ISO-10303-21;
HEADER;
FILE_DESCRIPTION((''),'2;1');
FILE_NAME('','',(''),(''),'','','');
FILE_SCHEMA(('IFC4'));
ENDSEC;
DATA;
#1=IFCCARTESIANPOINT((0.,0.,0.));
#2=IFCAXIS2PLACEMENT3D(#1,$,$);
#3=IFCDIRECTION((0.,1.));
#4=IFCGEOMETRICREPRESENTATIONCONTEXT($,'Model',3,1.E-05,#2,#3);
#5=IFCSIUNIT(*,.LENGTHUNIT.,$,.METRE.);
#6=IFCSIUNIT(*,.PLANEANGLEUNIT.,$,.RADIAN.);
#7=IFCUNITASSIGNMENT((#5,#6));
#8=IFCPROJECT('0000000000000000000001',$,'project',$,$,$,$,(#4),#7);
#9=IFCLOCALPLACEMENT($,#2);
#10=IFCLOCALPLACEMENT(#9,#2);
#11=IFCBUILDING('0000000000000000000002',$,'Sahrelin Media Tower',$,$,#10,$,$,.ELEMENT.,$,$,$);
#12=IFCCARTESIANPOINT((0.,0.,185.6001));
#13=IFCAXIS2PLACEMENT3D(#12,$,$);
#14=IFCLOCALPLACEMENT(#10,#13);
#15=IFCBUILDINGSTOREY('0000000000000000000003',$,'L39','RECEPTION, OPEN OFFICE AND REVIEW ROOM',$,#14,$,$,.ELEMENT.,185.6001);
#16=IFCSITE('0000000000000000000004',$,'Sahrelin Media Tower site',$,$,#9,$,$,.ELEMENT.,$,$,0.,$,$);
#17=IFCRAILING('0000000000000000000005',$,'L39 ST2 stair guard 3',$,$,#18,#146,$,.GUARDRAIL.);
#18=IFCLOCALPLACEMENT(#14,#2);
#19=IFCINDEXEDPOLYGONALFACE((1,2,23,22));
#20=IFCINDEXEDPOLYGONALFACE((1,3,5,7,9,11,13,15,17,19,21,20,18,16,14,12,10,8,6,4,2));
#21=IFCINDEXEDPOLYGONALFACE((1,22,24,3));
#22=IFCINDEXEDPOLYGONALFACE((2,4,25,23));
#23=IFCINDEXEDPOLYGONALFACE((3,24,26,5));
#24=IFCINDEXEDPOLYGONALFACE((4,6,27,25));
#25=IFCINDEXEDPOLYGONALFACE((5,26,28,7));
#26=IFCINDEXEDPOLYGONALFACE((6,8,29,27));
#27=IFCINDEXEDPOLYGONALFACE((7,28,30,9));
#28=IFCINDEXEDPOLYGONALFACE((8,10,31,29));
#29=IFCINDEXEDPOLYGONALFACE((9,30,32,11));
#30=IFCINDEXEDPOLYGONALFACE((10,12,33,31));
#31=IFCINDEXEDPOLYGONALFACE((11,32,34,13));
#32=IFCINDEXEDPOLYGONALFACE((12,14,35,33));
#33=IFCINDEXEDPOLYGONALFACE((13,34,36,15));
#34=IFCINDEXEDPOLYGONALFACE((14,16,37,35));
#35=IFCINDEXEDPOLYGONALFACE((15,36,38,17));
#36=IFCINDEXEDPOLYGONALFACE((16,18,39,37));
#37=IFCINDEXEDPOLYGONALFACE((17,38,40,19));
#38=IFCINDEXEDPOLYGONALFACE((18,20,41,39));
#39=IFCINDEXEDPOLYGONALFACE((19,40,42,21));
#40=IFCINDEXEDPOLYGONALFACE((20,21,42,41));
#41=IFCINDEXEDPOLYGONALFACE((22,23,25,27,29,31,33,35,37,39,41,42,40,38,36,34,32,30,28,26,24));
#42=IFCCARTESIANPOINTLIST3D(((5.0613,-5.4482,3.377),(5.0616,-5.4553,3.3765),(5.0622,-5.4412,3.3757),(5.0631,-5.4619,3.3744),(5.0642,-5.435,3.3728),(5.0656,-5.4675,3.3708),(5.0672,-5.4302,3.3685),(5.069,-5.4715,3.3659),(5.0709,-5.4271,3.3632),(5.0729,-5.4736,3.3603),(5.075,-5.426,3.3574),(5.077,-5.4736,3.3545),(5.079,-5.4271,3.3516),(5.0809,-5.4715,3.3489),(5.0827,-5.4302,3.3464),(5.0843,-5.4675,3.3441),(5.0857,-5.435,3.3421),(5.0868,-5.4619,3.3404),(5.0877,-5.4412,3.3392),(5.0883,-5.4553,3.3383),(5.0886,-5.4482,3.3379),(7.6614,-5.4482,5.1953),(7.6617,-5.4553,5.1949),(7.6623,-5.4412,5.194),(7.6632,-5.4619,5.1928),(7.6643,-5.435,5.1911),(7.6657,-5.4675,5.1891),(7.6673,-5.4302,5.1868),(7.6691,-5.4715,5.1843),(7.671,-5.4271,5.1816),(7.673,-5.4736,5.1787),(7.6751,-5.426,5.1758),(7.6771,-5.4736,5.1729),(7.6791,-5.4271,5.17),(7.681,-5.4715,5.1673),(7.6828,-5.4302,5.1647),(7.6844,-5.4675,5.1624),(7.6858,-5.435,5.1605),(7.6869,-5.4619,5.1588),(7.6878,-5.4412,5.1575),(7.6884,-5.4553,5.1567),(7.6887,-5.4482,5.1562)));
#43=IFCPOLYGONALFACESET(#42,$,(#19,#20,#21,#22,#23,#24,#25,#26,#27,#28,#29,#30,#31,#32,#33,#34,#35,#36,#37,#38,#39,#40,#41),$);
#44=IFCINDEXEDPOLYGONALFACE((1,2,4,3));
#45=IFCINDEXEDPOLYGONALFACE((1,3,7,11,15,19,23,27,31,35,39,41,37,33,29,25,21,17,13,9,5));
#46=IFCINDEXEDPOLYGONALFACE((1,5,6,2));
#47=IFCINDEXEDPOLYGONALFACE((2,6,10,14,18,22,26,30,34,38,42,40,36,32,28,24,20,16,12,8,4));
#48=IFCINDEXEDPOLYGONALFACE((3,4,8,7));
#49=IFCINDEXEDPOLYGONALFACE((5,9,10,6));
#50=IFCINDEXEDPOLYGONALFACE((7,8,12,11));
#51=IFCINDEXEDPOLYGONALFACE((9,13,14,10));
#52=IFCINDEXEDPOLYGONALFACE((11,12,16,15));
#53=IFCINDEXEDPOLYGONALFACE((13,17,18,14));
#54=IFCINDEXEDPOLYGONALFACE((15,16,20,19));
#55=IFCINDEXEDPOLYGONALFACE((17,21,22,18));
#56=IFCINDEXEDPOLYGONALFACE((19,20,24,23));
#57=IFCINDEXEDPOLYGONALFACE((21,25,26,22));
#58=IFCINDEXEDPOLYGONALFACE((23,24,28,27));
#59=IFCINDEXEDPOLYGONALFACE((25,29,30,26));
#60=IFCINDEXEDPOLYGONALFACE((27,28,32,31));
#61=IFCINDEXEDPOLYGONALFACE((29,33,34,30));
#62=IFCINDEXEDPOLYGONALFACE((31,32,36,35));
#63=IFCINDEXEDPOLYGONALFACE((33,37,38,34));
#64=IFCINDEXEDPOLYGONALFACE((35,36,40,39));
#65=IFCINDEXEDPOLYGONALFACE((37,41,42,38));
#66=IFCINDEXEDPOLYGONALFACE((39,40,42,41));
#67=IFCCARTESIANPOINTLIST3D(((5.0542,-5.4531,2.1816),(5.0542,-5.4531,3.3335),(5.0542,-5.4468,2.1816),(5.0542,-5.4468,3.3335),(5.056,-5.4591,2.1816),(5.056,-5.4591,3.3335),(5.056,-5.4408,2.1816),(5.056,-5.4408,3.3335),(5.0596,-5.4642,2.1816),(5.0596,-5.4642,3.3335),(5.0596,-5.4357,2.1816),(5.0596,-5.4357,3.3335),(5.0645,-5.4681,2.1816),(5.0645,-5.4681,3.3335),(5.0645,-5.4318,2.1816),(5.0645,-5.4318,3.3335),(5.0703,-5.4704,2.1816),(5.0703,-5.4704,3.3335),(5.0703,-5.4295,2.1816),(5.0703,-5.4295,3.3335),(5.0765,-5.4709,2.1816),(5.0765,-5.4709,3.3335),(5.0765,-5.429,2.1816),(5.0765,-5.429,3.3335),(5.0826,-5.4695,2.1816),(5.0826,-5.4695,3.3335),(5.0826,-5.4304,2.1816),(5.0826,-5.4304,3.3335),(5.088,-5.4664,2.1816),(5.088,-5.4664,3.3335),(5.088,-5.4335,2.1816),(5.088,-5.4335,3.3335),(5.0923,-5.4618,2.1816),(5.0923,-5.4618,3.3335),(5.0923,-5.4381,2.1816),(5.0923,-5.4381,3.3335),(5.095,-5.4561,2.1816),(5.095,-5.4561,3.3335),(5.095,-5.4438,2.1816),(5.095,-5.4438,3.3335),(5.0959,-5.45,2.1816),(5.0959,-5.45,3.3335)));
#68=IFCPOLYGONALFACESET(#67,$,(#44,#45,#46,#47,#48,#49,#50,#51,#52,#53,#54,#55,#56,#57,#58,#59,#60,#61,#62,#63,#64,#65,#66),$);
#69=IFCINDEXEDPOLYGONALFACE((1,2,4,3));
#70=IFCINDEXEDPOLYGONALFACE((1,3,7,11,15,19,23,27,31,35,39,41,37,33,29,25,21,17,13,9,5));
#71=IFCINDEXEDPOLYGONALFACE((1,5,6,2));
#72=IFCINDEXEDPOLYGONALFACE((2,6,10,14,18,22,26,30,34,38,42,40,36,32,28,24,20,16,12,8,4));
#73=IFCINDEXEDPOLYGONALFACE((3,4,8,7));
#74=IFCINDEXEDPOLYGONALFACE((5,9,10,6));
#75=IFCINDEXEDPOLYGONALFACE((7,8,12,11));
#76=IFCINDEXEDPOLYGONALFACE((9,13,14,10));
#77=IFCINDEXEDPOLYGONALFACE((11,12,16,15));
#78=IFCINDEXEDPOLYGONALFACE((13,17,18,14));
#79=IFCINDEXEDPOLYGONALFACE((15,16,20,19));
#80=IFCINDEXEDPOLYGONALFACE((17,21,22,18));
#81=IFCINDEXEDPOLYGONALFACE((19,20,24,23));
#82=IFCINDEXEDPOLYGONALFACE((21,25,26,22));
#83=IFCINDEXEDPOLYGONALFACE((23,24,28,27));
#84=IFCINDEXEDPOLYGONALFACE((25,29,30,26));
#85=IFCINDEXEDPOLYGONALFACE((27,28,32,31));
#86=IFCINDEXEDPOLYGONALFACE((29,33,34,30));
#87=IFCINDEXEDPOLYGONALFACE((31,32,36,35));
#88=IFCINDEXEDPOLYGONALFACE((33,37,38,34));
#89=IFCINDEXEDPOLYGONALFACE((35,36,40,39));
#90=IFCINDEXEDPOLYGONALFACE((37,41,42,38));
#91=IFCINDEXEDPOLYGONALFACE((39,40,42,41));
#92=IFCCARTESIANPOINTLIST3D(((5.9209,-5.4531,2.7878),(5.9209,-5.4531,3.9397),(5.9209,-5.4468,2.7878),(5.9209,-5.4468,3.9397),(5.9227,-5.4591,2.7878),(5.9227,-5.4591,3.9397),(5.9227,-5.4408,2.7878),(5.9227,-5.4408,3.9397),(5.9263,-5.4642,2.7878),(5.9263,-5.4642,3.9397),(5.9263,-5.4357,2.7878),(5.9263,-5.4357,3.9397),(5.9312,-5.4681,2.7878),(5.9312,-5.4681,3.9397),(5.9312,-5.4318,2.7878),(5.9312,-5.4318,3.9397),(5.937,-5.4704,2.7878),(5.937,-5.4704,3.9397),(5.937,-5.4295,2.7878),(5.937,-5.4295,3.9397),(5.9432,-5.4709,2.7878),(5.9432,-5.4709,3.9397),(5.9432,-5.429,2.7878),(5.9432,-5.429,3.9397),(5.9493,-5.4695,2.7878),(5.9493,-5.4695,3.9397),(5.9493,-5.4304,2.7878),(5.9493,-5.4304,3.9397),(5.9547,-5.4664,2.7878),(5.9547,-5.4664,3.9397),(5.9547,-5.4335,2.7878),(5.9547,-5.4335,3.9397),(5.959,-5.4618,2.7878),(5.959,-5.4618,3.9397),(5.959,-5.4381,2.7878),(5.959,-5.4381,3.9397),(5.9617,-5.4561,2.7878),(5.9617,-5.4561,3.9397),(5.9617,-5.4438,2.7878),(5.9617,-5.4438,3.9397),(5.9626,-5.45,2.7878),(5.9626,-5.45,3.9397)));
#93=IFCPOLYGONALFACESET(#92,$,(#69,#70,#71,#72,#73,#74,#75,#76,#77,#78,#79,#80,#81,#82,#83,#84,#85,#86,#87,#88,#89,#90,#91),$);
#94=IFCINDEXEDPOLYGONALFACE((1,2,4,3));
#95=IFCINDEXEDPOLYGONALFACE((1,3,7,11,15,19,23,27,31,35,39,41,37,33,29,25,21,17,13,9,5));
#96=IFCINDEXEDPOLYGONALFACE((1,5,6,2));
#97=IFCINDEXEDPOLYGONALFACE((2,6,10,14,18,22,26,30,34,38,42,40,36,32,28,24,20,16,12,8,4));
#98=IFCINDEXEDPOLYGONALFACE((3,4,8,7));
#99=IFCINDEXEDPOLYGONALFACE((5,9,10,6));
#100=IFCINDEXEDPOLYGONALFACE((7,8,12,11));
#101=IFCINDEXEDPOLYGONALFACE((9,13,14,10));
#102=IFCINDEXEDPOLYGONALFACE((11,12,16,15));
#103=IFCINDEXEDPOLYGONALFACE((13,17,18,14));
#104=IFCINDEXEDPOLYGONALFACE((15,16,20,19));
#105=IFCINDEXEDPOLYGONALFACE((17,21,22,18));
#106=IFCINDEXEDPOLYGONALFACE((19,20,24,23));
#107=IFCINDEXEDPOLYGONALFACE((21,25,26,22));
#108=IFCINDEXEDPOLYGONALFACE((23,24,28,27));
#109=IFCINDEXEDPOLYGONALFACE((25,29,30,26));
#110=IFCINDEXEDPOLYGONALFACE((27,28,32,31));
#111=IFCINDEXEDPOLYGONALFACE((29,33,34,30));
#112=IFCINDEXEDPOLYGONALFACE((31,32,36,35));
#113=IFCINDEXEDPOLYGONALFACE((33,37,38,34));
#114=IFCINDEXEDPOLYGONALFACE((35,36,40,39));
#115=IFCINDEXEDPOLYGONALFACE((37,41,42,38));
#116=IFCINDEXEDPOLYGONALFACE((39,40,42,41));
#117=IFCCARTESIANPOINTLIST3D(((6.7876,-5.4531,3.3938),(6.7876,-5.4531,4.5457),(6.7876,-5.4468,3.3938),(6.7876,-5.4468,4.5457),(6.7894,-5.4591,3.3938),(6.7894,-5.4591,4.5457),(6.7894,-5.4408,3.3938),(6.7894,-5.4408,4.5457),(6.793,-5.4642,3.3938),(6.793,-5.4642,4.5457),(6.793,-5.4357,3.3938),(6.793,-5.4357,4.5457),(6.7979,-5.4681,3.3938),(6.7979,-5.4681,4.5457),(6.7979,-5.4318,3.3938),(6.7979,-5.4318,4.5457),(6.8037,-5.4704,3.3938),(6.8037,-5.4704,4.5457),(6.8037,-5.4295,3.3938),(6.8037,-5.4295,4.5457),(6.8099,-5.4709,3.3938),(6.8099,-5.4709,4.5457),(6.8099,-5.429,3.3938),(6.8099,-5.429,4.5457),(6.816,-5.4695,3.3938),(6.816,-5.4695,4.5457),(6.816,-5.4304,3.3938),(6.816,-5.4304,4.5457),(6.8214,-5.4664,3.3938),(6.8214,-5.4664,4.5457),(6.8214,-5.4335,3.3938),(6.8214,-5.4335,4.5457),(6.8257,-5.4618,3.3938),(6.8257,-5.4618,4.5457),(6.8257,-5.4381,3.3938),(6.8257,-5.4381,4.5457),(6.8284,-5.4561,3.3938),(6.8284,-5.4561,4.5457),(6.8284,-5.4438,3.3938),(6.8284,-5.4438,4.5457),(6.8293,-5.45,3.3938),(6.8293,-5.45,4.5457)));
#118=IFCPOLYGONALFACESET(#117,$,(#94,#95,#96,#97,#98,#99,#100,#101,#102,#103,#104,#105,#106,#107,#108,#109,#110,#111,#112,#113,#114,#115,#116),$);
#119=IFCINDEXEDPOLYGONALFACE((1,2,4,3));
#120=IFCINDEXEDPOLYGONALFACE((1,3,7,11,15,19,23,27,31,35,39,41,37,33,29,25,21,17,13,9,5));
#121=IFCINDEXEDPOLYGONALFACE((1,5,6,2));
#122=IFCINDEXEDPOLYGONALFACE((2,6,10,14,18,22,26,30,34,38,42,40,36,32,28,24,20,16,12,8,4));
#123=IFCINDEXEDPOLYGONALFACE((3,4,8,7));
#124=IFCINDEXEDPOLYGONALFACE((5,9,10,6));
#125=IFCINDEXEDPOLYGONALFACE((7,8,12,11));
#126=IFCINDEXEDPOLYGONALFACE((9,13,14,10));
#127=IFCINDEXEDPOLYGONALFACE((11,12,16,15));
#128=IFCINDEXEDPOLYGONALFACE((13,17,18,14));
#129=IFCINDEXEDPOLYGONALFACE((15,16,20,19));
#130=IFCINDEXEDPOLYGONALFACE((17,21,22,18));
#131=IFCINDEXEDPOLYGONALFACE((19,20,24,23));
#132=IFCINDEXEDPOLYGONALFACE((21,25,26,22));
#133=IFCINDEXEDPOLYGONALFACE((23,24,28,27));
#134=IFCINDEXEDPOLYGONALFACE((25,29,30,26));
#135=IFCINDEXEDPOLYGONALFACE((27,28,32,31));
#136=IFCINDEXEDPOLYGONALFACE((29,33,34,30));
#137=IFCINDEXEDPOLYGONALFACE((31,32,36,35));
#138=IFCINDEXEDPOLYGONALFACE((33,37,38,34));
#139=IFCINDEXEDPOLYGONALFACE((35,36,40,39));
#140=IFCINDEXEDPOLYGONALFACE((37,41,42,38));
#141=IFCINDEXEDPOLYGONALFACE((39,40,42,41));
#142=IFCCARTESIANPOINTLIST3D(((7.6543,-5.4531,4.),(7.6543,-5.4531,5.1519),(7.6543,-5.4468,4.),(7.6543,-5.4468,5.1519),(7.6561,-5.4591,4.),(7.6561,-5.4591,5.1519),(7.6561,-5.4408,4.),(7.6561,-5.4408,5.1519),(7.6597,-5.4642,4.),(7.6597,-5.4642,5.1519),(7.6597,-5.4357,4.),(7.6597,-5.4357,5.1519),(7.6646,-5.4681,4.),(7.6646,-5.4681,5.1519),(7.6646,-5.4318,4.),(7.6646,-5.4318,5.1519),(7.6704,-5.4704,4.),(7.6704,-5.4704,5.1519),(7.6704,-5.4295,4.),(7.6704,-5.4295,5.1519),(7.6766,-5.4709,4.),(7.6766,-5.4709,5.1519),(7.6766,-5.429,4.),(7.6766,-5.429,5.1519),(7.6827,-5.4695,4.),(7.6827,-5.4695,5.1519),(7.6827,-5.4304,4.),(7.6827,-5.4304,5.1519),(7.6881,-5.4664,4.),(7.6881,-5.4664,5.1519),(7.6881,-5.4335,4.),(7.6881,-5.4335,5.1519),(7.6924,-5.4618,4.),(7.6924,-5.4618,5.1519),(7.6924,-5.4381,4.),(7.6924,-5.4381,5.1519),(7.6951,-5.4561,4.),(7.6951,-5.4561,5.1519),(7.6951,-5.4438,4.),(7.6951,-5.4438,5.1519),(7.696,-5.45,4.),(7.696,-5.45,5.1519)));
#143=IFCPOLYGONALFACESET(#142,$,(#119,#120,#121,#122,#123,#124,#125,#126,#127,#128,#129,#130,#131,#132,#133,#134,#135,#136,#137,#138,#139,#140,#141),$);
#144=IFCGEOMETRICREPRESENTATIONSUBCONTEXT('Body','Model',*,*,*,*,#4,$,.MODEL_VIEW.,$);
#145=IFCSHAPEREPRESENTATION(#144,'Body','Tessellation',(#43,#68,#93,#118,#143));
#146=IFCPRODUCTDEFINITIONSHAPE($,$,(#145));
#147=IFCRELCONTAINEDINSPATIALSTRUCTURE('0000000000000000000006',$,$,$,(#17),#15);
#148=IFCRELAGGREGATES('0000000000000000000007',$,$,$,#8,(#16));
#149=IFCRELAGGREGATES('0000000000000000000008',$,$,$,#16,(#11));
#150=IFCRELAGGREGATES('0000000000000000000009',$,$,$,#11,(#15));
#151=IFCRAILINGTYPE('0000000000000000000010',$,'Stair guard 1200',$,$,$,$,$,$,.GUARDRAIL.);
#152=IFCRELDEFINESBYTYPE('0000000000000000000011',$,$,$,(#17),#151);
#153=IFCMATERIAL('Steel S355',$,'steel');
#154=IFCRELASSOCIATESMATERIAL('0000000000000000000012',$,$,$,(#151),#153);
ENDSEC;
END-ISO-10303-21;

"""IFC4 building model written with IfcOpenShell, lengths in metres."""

from ifc_helpers import new_model, si_unit, direction, frame, origin, origin_2d, place, context, subcontext, project, spatial, circle, extrude, material, type_object, element, save


model = new_model("IFC4")

# Units and contexts
model_context = context("Model", 3, precision=1e-05, world=origin(), true_north=direction((0.0, 1.0)))
body_context = subcontext(model_context, "Body", "Model", "MODEL_VIEW")
ifc_project = project(units=[si_unit("LENGTHUNIT", "METRE"), si_unit("PLANEANGLEUNIT", "RADIAN")], contexts=[model_context])

# Site, building, storey
site_placement = place(None, origin())
site = spatial("IfcSite", under=ifc_project, at=site_placement, Name="Sahrelin Media Tower site", CompositionType="ELEMENT", RefElevation=0.0)
building_placement = place(site_placement, origin())
building = spatial("IfcBuilding", under=site, at=building_placement, Name="Sahrelin Media Tower", CompositionType="ELEMENT")
storey_placement = place(building_placement, frame((0.0, 0.0, 185.6001)))
storey = spatial("IfcBuildingStorey", under=building, at=storey_placement, Name="L39", Description="RECEPTION, OPEN OFFICE AND REVIEW ROOM", CompositionType="ELEMENT", Elevation=185.6001)

# Shared definitions
ifc_material_1 = material(Name="Steel S355", Category="steel")

# Railing
railing_type_1 = type_object("IfcRailingType", Name="Stair guard 1200", PredefinedType="GUARDRAIL", material=ifc_material_1)
railing_1_placement = place(storey_placement, frame((5.075, -5.45, 2.1816)))
element("IfcRailing", 1, at=railing_1_placement, inside=storey, type_object=railing_type_1, Name="L39 ST2 stair guard 3", PredefinedType="GUARDRAIL", context=body_context, shape_type="SweptSolid", body=[
    extrude(circle(Radius=0.0239, at=origin_2d()), frame((0.0, 0.0, 1.1758), z_axis=(0.819485, 0.0, 0.573101), x_axis=(0.0, 1.0, 0.0)), (0.0, 0.0, 1.0), 3.1729),
    extrude(circle(Radius=0.021, at=origin_2d()), origin(), (0.0, 0.0, 1.0), 1.1519),
    extrude(circle(Radius=0.021, at=origin_2d()), frame((0.8667, 0.0, 0.6062)), (0.0, 0.0, 1.0), 1.1519),
    extrude(circle(Radius=0.021, at=origin_2d()), frame((1.7334, 0.0, 1.2122)), (0.0, 0.0, 1.0), 1.1519),
    extrude(circle(Radius=0.021, at=origin_2d()), frame((2.6001, 0.0, 1.8184)), (0.0, 0.0, 1.0), 1.1519),
])

save(model, "model.ifc")
